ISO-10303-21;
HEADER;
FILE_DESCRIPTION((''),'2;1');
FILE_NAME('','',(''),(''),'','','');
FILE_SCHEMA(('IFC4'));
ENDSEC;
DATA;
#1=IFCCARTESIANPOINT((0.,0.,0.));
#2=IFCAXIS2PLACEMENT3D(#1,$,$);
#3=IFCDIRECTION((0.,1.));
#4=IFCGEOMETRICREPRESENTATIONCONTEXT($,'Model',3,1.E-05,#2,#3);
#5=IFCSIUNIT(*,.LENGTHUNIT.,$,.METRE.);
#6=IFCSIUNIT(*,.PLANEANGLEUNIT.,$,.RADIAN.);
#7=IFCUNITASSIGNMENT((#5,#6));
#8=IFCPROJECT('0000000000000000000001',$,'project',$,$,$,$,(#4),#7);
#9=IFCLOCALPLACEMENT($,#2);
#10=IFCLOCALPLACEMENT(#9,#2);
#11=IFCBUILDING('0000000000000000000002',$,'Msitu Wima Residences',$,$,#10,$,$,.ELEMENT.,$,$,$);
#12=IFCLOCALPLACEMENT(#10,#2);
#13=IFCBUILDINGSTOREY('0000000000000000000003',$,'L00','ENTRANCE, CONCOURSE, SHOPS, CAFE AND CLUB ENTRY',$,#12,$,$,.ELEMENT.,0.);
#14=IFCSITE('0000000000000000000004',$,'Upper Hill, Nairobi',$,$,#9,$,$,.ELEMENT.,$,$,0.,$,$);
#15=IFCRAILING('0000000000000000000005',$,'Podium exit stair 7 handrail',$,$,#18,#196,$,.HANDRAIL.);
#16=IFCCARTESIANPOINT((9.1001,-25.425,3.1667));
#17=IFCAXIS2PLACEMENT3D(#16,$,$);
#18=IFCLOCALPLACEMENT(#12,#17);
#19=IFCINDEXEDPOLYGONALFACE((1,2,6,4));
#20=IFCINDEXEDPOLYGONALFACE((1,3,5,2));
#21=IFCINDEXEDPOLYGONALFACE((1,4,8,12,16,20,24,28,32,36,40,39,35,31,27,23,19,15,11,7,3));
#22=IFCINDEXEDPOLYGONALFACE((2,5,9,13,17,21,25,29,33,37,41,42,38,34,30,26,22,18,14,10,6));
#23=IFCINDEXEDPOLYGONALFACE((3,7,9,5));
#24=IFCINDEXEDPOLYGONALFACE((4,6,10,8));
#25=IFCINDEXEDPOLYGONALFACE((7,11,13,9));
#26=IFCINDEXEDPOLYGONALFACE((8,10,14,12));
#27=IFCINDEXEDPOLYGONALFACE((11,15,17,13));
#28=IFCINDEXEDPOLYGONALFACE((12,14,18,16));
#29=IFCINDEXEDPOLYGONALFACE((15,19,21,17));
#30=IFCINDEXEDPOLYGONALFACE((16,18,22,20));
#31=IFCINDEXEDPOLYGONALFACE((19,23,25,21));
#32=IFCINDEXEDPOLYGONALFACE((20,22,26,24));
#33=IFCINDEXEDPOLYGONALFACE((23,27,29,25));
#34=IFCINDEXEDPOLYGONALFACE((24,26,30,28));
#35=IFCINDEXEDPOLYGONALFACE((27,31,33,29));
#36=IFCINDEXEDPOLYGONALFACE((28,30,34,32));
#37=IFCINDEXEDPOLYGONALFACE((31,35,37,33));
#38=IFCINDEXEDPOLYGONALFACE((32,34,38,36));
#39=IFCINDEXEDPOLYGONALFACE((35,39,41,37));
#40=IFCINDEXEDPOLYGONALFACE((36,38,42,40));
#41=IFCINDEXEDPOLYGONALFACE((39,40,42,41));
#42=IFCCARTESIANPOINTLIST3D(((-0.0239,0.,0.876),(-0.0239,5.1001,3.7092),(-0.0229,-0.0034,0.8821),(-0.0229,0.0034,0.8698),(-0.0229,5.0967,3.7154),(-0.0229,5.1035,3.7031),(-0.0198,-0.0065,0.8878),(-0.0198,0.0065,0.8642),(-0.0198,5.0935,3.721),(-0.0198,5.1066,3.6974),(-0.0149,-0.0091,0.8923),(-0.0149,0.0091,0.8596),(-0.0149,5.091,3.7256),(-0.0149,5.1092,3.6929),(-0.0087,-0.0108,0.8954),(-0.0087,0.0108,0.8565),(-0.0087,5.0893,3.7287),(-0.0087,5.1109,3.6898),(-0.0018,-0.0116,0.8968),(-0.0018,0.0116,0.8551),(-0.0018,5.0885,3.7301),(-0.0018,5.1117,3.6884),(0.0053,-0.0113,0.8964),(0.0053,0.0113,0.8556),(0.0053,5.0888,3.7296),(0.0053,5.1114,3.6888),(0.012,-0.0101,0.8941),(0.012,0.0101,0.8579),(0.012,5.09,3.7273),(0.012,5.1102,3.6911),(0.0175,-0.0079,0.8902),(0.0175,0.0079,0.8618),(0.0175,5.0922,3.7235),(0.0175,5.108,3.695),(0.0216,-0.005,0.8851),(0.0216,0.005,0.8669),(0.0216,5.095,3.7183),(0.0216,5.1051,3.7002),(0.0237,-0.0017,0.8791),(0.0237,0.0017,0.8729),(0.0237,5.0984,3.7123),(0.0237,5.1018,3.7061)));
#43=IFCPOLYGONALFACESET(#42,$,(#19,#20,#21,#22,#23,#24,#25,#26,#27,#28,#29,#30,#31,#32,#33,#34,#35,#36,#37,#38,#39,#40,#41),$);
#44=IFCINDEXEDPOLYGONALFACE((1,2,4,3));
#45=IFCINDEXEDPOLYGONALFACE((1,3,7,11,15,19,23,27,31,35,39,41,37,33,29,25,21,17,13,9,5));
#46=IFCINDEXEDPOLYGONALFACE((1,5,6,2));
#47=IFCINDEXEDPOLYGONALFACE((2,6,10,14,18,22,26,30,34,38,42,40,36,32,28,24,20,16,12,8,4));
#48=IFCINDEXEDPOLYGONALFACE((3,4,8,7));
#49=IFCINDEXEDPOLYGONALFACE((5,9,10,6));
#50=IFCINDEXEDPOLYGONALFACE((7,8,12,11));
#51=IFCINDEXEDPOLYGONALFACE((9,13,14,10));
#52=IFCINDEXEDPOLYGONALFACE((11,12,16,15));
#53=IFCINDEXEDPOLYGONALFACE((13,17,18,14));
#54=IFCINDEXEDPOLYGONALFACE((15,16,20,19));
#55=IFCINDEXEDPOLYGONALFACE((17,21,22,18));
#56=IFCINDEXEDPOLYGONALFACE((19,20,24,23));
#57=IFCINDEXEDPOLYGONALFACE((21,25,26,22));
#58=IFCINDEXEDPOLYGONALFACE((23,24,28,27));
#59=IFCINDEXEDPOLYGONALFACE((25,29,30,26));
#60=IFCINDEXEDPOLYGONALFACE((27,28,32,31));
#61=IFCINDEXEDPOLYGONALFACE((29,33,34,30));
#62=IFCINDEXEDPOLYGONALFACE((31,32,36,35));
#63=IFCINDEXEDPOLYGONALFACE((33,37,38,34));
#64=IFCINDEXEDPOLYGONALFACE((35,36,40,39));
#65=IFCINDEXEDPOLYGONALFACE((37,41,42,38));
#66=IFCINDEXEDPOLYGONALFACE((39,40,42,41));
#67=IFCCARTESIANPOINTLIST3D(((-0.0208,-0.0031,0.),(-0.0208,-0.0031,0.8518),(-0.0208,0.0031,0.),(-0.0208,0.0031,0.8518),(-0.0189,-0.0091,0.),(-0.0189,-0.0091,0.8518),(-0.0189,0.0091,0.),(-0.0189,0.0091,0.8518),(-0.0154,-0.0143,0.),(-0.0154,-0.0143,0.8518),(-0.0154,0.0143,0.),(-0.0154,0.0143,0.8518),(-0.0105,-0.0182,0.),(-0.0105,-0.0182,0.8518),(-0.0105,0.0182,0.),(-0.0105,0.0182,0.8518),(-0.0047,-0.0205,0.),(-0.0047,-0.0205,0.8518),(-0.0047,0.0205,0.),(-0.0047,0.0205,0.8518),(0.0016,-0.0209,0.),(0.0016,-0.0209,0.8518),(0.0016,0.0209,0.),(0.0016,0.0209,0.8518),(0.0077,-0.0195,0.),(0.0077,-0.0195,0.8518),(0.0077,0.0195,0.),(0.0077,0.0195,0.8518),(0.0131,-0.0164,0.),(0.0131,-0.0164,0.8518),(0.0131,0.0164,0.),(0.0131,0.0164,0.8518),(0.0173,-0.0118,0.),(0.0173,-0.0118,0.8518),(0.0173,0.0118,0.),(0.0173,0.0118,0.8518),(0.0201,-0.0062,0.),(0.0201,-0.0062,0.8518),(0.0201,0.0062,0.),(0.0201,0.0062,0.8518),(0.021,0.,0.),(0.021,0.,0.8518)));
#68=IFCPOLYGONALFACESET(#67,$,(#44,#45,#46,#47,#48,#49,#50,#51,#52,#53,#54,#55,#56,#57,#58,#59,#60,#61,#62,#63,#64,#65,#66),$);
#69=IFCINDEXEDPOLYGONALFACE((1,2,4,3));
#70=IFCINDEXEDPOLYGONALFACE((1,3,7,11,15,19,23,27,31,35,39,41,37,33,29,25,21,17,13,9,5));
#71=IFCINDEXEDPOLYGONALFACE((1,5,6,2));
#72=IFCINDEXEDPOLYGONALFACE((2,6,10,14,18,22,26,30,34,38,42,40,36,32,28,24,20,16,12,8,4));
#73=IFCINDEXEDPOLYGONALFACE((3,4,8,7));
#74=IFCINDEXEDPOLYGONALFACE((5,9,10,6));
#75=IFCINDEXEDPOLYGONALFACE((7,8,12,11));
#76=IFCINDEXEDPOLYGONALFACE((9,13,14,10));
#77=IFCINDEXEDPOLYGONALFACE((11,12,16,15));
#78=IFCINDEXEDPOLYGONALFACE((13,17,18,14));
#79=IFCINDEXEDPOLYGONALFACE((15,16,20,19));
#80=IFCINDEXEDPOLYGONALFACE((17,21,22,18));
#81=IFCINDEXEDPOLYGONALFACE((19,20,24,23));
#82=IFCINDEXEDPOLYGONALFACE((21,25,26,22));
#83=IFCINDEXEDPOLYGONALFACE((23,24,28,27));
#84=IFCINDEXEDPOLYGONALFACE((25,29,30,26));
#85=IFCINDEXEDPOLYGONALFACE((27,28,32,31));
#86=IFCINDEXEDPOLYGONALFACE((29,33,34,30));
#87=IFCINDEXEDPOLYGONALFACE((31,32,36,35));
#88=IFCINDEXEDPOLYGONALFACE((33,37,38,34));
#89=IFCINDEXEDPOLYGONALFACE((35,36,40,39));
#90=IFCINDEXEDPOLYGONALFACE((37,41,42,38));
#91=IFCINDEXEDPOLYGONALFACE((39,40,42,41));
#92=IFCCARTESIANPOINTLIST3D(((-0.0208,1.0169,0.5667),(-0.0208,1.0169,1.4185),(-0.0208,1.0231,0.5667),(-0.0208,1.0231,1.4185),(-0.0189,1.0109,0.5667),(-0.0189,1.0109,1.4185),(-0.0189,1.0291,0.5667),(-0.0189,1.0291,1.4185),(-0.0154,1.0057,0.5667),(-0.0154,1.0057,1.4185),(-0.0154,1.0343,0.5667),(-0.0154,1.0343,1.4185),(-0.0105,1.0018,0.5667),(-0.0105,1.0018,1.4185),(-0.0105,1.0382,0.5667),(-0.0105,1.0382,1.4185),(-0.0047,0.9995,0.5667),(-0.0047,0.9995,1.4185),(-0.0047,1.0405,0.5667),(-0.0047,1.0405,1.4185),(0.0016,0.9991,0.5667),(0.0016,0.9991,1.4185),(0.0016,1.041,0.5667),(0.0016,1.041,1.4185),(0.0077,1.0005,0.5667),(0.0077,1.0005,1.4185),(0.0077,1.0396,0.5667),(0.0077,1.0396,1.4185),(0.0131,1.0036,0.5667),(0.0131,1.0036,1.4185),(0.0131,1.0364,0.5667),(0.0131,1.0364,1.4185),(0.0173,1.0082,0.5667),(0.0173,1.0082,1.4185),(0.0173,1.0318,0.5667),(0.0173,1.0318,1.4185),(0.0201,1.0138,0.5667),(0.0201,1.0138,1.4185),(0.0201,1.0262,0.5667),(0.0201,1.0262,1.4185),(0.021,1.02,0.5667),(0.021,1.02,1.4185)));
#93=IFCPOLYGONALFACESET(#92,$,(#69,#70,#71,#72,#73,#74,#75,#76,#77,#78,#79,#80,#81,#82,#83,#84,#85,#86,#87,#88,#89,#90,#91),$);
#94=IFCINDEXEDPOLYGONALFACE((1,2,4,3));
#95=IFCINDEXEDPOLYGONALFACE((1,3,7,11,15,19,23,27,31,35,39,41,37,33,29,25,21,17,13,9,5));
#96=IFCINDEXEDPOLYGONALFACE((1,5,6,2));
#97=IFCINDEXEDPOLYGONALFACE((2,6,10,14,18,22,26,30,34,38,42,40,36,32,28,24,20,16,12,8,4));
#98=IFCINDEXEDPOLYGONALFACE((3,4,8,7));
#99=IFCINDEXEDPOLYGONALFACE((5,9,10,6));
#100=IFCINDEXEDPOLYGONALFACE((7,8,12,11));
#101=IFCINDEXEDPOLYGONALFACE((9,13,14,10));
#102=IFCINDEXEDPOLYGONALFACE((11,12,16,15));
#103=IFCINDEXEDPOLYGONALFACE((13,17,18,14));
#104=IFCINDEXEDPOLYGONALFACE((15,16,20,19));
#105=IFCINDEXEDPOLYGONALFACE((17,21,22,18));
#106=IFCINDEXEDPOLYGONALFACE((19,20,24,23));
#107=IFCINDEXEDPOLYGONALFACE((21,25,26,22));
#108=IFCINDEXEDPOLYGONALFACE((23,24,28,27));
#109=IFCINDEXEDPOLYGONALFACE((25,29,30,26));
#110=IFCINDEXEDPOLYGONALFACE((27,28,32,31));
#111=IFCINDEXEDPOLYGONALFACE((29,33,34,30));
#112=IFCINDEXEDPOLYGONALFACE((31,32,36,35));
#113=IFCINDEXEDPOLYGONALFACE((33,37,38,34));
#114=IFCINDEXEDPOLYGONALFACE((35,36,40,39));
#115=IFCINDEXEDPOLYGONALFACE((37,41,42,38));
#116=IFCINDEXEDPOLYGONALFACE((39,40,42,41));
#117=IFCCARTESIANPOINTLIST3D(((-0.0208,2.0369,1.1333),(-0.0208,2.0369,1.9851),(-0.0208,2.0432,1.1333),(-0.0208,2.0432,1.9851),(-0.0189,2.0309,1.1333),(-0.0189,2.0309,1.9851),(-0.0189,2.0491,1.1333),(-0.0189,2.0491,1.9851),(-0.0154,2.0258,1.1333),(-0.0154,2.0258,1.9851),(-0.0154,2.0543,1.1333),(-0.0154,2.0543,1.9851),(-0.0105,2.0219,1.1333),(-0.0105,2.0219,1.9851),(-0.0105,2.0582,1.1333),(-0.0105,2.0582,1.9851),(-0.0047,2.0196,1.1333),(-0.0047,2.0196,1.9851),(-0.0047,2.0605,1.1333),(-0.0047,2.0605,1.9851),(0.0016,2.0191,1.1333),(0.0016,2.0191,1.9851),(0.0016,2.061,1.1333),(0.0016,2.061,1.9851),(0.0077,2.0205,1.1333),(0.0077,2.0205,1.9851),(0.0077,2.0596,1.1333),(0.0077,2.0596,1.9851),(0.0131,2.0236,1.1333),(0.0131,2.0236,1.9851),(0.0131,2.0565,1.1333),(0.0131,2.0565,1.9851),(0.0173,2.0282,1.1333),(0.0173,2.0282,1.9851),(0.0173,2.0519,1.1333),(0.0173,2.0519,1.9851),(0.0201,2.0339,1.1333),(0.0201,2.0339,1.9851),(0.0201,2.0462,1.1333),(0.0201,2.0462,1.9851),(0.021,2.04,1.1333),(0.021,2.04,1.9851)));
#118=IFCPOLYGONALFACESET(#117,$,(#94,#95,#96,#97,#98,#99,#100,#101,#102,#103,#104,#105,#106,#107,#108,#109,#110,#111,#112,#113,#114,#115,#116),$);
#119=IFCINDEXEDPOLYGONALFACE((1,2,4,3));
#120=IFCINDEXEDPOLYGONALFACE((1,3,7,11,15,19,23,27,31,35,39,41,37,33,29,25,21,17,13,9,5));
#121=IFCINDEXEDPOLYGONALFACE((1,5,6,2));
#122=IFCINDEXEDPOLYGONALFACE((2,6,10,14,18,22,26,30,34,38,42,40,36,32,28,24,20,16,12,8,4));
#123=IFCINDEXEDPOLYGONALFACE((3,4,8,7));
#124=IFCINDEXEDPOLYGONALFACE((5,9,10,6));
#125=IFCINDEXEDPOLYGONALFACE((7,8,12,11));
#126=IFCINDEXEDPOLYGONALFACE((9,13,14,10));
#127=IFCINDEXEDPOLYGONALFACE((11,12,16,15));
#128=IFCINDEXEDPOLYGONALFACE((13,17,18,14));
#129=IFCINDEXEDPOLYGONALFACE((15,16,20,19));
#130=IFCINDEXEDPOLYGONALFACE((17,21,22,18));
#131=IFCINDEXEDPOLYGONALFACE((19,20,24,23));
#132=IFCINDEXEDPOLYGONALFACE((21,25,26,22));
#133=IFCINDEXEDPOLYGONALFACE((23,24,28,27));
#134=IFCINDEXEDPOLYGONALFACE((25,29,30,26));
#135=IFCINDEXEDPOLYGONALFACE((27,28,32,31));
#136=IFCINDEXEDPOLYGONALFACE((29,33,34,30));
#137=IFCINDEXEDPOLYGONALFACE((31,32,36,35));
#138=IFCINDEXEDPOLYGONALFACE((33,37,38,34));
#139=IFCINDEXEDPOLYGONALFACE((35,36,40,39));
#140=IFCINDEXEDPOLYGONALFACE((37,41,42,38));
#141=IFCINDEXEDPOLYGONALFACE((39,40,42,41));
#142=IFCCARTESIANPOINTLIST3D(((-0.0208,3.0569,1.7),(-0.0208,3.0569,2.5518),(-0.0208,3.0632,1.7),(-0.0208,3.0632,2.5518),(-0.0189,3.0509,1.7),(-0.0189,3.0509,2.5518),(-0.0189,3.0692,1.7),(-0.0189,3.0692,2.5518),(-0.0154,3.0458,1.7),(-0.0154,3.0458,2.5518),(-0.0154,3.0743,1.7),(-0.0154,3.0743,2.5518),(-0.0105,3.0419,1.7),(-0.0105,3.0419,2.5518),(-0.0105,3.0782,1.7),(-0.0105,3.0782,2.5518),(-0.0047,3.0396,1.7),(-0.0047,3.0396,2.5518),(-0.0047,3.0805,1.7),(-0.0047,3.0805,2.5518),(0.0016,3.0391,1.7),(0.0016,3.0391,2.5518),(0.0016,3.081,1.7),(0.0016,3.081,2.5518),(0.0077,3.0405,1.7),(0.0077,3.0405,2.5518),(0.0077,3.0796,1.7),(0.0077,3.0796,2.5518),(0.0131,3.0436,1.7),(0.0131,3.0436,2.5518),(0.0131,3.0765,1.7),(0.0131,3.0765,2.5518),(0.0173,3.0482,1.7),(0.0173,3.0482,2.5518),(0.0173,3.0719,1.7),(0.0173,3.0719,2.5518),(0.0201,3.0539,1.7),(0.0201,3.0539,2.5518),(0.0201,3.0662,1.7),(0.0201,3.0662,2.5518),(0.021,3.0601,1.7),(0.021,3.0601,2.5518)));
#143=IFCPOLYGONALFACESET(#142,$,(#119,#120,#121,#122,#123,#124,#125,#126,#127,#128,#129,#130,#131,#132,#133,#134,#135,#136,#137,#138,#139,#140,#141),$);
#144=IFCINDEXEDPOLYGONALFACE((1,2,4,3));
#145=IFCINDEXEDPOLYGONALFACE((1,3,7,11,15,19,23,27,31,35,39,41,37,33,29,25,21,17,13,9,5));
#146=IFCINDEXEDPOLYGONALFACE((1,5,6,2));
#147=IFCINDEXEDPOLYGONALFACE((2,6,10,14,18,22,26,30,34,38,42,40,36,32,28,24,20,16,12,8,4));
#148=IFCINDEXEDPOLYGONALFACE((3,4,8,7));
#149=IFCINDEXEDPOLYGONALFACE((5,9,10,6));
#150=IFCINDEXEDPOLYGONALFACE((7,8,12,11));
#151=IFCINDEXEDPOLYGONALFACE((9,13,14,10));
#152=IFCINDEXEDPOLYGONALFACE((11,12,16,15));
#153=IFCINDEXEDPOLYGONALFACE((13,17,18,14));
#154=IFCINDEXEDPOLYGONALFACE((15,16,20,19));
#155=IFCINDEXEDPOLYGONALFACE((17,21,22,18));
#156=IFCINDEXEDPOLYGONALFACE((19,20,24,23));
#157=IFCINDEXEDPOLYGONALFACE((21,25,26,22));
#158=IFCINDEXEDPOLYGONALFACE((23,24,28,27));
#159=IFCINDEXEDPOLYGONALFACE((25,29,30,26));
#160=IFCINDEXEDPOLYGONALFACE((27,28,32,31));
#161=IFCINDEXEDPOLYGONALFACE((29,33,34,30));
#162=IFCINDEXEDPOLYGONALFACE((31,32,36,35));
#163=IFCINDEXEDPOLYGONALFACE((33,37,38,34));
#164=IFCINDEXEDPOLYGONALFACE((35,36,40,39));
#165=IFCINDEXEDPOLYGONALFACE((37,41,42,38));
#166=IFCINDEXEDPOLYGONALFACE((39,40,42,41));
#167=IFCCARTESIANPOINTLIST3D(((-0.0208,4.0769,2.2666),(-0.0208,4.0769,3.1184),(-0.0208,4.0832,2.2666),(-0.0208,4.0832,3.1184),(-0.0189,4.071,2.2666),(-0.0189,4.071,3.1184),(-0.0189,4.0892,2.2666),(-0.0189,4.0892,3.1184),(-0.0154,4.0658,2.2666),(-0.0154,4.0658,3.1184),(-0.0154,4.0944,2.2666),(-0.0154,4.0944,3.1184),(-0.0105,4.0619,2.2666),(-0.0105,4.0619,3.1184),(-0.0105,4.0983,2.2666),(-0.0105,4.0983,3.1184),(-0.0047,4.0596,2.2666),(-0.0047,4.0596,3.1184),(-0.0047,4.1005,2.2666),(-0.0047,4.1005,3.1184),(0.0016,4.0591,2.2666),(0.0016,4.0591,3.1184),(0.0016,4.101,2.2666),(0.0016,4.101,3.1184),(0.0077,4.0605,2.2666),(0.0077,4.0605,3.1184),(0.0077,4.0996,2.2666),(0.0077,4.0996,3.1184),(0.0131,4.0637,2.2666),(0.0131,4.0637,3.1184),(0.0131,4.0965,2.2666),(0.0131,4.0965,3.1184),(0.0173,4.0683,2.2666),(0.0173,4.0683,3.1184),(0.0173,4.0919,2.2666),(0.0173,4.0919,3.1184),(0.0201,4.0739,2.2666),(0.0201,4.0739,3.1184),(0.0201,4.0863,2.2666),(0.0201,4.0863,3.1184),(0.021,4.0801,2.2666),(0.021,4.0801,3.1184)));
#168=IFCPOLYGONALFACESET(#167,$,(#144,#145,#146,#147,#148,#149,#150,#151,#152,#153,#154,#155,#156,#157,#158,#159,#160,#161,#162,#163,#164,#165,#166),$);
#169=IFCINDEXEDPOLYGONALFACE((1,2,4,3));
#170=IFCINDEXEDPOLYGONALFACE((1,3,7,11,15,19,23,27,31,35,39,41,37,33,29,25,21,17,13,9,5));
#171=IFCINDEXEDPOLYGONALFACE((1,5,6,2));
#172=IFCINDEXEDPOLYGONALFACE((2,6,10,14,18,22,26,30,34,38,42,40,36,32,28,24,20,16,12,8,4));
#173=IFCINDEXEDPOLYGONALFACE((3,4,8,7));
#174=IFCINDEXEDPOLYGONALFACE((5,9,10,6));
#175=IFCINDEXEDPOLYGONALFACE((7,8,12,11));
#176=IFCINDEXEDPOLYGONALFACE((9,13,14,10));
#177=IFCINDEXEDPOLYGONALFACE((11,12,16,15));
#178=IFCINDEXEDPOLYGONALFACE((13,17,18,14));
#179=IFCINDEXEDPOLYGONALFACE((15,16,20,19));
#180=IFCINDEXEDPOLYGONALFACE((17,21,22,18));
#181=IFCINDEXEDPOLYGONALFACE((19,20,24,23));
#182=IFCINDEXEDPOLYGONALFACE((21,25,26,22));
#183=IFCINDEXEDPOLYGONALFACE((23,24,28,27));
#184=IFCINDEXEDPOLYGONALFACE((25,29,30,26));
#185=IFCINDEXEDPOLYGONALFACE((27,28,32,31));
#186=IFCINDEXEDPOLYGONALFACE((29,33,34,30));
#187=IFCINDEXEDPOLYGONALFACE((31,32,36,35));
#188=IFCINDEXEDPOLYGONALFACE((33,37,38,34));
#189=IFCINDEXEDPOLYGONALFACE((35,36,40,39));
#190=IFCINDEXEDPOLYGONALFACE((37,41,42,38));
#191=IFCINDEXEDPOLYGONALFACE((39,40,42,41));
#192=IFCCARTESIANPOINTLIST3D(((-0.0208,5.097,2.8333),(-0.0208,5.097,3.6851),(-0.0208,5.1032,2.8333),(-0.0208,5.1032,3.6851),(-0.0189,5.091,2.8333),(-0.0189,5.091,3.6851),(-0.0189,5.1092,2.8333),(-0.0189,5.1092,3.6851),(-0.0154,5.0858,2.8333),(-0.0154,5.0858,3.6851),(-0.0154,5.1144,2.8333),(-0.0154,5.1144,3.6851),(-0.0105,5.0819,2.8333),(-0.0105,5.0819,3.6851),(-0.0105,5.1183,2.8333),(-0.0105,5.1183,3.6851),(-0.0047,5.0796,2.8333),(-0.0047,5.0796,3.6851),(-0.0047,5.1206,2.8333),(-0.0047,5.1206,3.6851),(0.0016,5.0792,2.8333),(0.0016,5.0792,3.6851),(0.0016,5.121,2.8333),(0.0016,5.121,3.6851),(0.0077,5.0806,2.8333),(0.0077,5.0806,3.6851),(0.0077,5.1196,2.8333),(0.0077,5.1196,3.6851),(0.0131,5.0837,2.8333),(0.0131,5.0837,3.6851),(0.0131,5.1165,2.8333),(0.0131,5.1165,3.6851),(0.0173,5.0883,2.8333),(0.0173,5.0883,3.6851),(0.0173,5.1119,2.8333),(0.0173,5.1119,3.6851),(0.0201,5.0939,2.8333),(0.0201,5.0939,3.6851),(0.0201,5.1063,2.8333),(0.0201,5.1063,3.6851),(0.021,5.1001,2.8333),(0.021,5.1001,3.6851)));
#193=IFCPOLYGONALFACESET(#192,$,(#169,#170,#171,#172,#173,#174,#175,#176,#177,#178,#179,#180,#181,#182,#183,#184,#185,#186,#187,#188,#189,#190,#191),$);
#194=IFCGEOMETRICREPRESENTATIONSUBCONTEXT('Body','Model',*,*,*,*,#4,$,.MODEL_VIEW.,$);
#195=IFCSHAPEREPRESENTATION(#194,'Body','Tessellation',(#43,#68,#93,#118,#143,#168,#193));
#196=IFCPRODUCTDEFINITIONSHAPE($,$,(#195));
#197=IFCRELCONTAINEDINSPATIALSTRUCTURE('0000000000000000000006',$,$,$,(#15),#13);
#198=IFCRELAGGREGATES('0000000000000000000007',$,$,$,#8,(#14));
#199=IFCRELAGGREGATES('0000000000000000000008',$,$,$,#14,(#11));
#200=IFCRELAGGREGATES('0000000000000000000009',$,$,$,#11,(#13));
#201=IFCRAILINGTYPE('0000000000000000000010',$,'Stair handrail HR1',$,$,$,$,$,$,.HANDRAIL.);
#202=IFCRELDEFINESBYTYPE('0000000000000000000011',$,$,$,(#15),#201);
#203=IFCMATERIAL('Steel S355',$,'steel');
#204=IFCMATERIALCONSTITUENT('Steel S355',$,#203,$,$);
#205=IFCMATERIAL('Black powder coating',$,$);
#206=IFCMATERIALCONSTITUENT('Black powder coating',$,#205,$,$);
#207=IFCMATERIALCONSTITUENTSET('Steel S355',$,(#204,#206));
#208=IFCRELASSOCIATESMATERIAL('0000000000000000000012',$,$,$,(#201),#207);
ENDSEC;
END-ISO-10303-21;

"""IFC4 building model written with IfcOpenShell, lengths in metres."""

from ifc_helpers import new_model, si_unit, direction, frame, origin, origin_2d, place, context, subcontext, project, spatial, circle, extrude, material, constituent, constituent_set, type_object, element, save


model = new_model("IFC4")

# Units and contexts
model_context = context("Model", 3, precision=1e-05, world=origin(), true_north=direction((0.0, 1.0)))
body_context = subcontext(model_context, "Body", "Model", "MODEL_VIEW")
ifc_project = project(units=[si_unit("LENGTHUNIT", "METRE"), si_unit("PLANEANGLEUNIT", "RADIAN")], contexts=[model_context])

# Site, building, storey
site_placement = place(None, origin())
site = spatial("IfcSite", under=ifc_project, at=site_placement, Name="Upper Hill, Nairobi", CompositionType="ELEMENT", RefElevation=0.0)
building_placement = place(site_placement, origin())
building = spatial("IfcBuilding", under=site, at=building_placement, Name="Msitu Wima Residences", CompositionType="ELEMENT")
storey_placement = place(building_placement, origin())
storey = spatial("IfcBuildingStorey", under=building, at=storey_placement, Name="L00", Description="ENTRANCE, CONCOURSE, SHOPS, CAFE AND CLUB ENTRY", CompositionType="ELEMENT", Elevation=0.0)

# Railing
ifc_material_1 = material(Name="Steel S355", Category="steel")
ifc_constituent_1 = constituent(ifc_material_1, Name="Steel S355")
ifc_material_2 = material(Name="Black powder coating")
ifc_constituent_2 = constituent(ifc_material_2, Name="Black powder coating")
ifc_constituent_set = constituent_set(constituents=[ifc_constituent_1, ifc_constituent_2], Name="Steel S355")
railing_type = type_object("IfcRailingType", Name="Stair handrail HR1", PredefinedType="HANDRAIL", material=ifc_constituent_set)
for number, where, name in (
    (1, (9.1001, -25.425, 3.1667), "Podium exit stair 7 handrail"),
):
    element("IfcRailing", number, at=place(storey_placement, frame(where)), inside=storey, type_object=railing_type, Name=name, PredefinedType="HANDRAIL", context=body_context, shape_type="SweptSolid", body=[
        extrude(circle(Radius=0.0239, at=origin_2d()), frame((0.0, 0.0, 0.876), z_axis=(0.0, 0.874167, 0.485625), x_axis=(-1.0, 0.0, 0.0)), (0.0, 0.0, 1.0), 5.8342),
        extrude(circle(Radius=0.021, at=origin_2d()), origin(), (0.0, 0.0, 1.0), 0.8518),
        extrude(circle(Radius=0.021, at=origin_2d()), frame((0.0, 1.02, 0.5667)), (0.0, 0.0, 1.0), 0.8518),
        extrude(circle(Radius=0.021, at=origin_2d()), frame((0.0, 2.04, 1.1333)), (0.0, 0.0, 1.0), 0.8518),
        extrude(circle(Radius=0.021, at=origin_2d()), frame((0.0, 3.0601, 1.7)), (0.0, 0.0, 1.0), 0.8518),
        extrude(circle(Radius=0.021, at=origin_2d()), frame((0.0, 4.0801, 2.2666)), (0.0, 0.0, 1.0), 0.8518),
        extrude(circle(Radius=0.021, at=origin_2d()), frame((0.0, 5.1001, 2.8333)), (0.0, 0.0, 1.0), 0.8518),
    ])

save(model, "model.ifc")
